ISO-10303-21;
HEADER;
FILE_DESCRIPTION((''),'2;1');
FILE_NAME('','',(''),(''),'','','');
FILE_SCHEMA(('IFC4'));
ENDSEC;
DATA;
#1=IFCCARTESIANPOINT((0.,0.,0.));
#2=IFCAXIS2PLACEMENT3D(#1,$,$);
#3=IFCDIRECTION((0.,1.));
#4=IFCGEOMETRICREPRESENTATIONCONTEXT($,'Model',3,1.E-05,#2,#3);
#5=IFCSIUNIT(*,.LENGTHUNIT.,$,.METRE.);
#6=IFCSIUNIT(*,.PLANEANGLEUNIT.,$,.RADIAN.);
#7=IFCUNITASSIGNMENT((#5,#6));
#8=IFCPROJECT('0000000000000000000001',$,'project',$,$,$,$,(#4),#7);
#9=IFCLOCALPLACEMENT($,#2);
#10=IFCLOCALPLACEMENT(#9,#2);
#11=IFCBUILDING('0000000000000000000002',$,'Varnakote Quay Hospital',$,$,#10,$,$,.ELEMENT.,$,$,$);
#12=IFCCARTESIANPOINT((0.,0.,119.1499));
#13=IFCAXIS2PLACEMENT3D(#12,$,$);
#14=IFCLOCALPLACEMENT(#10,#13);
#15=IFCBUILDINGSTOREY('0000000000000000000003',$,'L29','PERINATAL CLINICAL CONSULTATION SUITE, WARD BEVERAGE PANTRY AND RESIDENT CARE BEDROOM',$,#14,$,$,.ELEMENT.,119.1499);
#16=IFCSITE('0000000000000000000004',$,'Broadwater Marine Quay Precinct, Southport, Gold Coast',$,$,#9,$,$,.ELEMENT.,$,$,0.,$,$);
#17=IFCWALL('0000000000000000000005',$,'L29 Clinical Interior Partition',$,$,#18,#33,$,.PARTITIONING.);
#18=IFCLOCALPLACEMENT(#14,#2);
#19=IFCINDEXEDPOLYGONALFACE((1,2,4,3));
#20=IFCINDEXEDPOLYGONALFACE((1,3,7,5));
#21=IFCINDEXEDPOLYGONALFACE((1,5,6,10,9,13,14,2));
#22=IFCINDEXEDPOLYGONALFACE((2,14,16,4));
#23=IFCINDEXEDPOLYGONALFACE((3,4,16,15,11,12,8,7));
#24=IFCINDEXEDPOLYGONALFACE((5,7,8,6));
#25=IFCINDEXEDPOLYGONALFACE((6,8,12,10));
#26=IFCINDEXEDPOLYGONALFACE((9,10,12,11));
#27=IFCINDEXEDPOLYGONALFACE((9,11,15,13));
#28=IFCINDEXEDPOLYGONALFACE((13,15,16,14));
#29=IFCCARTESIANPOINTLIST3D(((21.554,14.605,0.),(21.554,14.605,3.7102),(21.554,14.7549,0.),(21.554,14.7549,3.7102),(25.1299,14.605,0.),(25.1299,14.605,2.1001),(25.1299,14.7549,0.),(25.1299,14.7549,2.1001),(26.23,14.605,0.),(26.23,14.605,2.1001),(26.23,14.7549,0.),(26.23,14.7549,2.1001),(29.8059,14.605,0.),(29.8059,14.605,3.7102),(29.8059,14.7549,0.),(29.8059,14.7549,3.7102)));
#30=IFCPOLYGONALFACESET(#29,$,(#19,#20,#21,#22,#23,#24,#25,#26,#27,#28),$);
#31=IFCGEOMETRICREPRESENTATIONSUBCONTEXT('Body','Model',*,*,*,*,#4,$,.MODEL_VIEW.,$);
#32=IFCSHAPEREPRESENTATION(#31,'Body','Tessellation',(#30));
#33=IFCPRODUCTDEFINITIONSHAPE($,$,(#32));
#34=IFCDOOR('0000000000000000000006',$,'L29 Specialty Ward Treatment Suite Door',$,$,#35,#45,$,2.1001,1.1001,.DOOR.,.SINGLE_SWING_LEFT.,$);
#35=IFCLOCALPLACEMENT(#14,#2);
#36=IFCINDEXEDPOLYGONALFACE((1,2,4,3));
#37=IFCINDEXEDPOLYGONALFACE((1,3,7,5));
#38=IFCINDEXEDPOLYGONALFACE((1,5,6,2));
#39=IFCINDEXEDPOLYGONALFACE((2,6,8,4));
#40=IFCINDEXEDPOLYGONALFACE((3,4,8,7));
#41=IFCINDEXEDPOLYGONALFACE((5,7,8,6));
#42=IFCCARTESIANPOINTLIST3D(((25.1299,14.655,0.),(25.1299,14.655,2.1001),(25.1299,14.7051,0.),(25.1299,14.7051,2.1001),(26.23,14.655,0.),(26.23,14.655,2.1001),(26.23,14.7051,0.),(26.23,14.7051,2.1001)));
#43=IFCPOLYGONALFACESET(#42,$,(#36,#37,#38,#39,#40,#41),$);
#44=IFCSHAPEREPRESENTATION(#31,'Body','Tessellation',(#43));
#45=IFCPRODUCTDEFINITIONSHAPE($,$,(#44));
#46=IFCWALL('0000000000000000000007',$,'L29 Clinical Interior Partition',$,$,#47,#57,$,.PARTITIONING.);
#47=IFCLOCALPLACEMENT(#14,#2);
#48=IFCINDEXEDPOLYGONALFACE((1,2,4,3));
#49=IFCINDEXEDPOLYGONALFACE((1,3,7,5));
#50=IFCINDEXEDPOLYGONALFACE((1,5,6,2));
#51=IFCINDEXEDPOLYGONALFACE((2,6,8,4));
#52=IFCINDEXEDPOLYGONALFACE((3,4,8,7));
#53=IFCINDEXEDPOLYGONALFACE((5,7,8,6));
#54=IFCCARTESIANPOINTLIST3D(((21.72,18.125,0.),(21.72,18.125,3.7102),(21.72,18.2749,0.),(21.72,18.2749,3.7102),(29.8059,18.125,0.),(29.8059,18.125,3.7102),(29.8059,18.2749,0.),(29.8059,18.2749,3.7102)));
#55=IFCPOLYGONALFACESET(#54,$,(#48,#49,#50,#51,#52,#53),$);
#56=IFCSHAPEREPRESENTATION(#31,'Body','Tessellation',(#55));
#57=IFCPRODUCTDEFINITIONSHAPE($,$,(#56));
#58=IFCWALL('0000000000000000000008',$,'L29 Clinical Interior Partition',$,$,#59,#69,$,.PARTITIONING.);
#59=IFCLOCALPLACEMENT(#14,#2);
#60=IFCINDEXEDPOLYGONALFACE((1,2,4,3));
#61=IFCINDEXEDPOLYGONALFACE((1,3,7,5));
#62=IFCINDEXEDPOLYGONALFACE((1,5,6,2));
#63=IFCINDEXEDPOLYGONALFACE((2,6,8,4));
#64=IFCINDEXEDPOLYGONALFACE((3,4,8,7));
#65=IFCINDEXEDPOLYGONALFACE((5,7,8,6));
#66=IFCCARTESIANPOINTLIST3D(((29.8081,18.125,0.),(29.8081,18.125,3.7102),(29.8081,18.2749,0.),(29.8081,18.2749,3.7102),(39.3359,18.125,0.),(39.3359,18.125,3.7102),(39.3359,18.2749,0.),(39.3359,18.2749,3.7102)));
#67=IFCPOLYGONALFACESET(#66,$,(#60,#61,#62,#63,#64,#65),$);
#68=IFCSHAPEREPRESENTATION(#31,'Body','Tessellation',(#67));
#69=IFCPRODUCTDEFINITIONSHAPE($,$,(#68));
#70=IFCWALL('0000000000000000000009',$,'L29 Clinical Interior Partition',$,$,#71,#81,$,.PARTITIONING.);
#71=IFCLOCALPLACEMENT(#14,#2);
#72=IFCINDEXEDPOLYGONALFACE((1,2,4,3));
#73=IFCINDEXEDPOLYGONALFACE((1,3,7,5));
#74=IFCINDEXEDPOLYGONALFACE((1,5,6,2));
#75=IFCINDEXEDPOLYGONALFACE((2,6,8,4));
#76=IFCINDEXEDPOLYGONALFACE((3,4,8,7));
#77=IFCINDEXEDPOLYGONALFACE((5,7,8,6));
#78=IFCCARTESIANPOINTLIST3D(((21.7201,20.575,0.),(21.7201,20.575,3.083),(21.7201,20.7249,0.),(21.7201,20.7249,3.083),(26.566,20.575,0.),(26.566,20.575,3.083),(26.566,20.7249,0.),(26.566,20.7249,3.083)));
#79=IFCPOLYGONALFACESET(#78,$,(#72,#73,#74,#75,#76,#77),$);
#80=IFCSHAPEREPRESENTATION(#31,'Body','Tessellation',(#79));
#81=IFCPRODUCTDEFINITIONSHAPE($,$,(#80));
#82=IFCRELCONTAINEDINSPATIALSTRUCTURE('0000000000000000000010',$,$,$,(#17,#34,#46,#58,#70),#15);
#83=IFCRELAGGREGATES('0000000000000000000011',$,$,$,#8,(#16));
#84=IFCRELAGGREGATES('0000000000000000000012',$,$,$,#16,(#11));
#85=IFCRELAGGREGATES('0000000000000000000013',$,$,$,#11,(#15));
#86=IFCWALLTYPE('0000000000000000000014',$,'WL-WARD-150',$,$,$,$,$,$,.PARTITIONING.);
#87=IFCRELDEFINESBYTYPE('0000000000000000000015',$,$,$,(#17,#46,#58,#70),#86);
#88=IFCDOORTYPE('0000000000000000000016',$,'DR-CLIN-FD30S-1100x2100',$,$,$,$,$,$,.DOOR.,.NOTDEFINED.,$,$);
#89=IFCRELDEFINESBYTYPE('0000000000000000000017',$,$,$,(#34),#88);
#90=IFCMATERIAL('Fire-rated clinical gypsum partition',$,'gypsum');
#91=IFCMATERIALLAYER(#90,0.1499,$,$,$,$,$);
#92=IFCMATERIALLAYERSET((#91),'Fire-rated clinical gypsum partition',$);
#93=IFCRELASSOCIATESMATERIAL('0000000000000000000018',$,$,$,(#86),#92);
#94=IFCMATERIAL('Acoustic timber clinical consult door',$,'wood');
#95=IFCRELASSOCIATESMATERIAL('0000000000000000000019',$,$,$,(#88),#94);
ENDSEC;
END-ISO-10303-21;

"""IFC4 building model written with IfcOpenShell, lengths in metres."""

from ifc_helpers import new_model, si_unit, direction, frame, frame_2d, origin, place, context, subcontext, project, spatial, rectangle, extrude, material, layer, layer_set, type_object, element, fill, save


model = new_model("IFC4")

# Units and contexts
model_context = context("Model", 3, precision=1e-05, world=origin(), true_north=direction((0.0, 1.0)))
body_context = subcontext(model_context, "Body", "Model", "MODEL_VIEW")
ifc_project = project(units=[si_unit("LENGTHUNIT", "METRE"), si_unit("PLANEANGLEUNIT", "RADIAN")], contexts=[model_context])

# Site, building, storey
site_placement = place(None, origin())
site = spatial("IfcSite", under=ifc_project, at=site_placement, Name="Broadwater Marine Quay Precinct, Southport, Gold Coast", CompositionType="ELEMENT", RefElevation=0.0)
building_placement = place(site_placement, origin())
building = spatial("IfcBuilding", under=site, at=building_placement, Name="Varnakote Quay Hospital", CompositionType="ELEMENT")
storey_placement = place(building_placement, frame((0.0, 0.0, 119.1499)))
storey = spatial("IfcBuildingStorey", under=building, at=storey_placement, Name="L29", Description="PERINATAL CLINICAL CONSULTATION SUITE, WARD BEVERAGE PANTRY AND RESIDENT CARE BEDROOM", CompositionType="ELEMENT", Elevation=119.1499)

# Wall, opening, door
ifc_material_1 = material(Name="Fire-rated clinical gypsum partition", Category="gypsum")
ifc_layer_1 = layer(ifc_material_1, 0.1499)
ifc_layer_set_1 = layer_set([ifc_layer_1], Name="Fire-rated clinical gypsum partition")
wall_type_1 = type_object("IfcWallType", Name="WL-WARD-150", PredefinedType="PARTITIONING", material=ifc_layer_set_1)
wall_1_placement = place(storey_placement, frame((29.8059, 14.6799, 0.0), z_axis=(0.0, 0.0, 1.0), x_axis=(-1.0, 0.0, 0.0)))
wall_1 = element("IfcWall", 1, at=wall_1_placement, inside=storey, type_object=wall_type_1, Name="L29 Clinical Interior Partition", PredefinedType="PARTITIONING", context=body_context, shape_type="SweptSolid", body=[
    extrude(rectangle(XDim=8.252, YDim=0.1499, at=frame_2d((4.126, 0.0))), origin(), (0.0, 0.0, 1.0), 3.7102),
])
opening_1_placement = place(wall_1_placement, frame((3.5759, 0.0, 0.0)))
opening_1 = element("IfcOpeningElement", 2, at=opening_1_placement, cuts=wall_1, PredefinedType="OPENING", context=body_context, shape_type="SweptSolid", body=[
    extrude(rectangle(XDim=1.1001, YDim=2.1001, at=frame_2d((0.55, 1.05))), frame((0.0, 0.085, 0.0), z_axis=(0.0, -1.0, 0.0), x_axis=(1.0, 0.0, 0.0)), (0.0, 0.0, 1.0), 0.1699),
])
ifc_material_2 = material(Name="Acoustic timber clinical consult door", Category="wood")
door_type_1 = type_object("IfcDoorType", Name="DR-CLIN-FD30S-1100x2100", OperationType="NOTDEFINED", PredefinedType="DOOR", material=ifc_material_2)
door_1_placement = place(opening_1_placement, origin())
door_1 = element("IfcDoor", 3, at=door_1_placement, inside=storey, type_object=door_type_1, Name="L29 Specialty Ward Treatment Suite Door", OperationType="SINGLE_SWING_LEFT", OverallHeight=2.1001, OverallWidth=1.1001, PredefinedType="DOOR", context=body_context, shape_type="SweptSolid", body=[
    extrude(rectangle(XDim=1.1001, YDim=2.1001, at=frame_2d((0.55, 1.05))), frame((0.0, 0.0249, 0.0), z_axis=(0.0, -1.0, 0.0), x_axis=(1.0, 0.0, 0.0)), (0.0, 0.0, 1.0), 0.05),
])
fill(opening_1, door_1)

# Walls
wall_2_placement = place(storey_placement, frame((21.72, 18.2, 0.0), z_axis=(0.0, 0.0, 1.0), x_axis=(1.0, 0.0, 0.0)))
element("IfcWall", 4, at=wall_2_placement, inside=storey, type_object=wall_type_1, Name="L29 Clinical Interior Partition", PredefinedType="PARTITIONING", context=body_context, shape_type="SweptSolid", body=[
    extrude(rectangle(XDim=8.0859, YDim=0.1499, at=frame_2d((4.043, 0.0))), origin(), (0.0, 0.0, 1.0), 3.7102),
])
wall_3_placement = place(storey_placement, frame((29.8081, 18.2, 0.0), z_axis=(0.0, 0.0, 1.0), x_axis=(1.0, 0.0, 0.0)))
element("IfcWall", 5, at=wall_3_placement, inside=storey, type_object=wall_type_1, Name="L29 Clinical Interior Partition", PredefinedType="PARTITIONING", context=body_context, shape_type="SweptSolid", body=[
    extrude(rectangle(XDim=9.5278, YDim=0.1499, at=frame_2d((4.7639, 0.0))), origin(), (0.0, 0.0, 1.0), 3.7102),
])
wall_4_placement = place(storey_placement, frame((26.5659, 20.6499, 0.0), z_axis=(0.0, 0.0, 1.0), x_axis=(-1.0, 0.0, 0.0)))
element("IfcWall", 6, at=wall_4_placement, inside=storey, type_object=wall_type_1, Name="L29 Clinical Interior Partition", PredefinedType="PARTITIONING", context=body_context, shape_type="SweptSolid", body=[
    extrude(rectangle(XDim=4.8459, YDim=0.1499, at=frame_2d((2.4229, 0.0))), origin(), (0.0, 0.0, 1.0), 3.083),
])

save(model, "model.ifc")
